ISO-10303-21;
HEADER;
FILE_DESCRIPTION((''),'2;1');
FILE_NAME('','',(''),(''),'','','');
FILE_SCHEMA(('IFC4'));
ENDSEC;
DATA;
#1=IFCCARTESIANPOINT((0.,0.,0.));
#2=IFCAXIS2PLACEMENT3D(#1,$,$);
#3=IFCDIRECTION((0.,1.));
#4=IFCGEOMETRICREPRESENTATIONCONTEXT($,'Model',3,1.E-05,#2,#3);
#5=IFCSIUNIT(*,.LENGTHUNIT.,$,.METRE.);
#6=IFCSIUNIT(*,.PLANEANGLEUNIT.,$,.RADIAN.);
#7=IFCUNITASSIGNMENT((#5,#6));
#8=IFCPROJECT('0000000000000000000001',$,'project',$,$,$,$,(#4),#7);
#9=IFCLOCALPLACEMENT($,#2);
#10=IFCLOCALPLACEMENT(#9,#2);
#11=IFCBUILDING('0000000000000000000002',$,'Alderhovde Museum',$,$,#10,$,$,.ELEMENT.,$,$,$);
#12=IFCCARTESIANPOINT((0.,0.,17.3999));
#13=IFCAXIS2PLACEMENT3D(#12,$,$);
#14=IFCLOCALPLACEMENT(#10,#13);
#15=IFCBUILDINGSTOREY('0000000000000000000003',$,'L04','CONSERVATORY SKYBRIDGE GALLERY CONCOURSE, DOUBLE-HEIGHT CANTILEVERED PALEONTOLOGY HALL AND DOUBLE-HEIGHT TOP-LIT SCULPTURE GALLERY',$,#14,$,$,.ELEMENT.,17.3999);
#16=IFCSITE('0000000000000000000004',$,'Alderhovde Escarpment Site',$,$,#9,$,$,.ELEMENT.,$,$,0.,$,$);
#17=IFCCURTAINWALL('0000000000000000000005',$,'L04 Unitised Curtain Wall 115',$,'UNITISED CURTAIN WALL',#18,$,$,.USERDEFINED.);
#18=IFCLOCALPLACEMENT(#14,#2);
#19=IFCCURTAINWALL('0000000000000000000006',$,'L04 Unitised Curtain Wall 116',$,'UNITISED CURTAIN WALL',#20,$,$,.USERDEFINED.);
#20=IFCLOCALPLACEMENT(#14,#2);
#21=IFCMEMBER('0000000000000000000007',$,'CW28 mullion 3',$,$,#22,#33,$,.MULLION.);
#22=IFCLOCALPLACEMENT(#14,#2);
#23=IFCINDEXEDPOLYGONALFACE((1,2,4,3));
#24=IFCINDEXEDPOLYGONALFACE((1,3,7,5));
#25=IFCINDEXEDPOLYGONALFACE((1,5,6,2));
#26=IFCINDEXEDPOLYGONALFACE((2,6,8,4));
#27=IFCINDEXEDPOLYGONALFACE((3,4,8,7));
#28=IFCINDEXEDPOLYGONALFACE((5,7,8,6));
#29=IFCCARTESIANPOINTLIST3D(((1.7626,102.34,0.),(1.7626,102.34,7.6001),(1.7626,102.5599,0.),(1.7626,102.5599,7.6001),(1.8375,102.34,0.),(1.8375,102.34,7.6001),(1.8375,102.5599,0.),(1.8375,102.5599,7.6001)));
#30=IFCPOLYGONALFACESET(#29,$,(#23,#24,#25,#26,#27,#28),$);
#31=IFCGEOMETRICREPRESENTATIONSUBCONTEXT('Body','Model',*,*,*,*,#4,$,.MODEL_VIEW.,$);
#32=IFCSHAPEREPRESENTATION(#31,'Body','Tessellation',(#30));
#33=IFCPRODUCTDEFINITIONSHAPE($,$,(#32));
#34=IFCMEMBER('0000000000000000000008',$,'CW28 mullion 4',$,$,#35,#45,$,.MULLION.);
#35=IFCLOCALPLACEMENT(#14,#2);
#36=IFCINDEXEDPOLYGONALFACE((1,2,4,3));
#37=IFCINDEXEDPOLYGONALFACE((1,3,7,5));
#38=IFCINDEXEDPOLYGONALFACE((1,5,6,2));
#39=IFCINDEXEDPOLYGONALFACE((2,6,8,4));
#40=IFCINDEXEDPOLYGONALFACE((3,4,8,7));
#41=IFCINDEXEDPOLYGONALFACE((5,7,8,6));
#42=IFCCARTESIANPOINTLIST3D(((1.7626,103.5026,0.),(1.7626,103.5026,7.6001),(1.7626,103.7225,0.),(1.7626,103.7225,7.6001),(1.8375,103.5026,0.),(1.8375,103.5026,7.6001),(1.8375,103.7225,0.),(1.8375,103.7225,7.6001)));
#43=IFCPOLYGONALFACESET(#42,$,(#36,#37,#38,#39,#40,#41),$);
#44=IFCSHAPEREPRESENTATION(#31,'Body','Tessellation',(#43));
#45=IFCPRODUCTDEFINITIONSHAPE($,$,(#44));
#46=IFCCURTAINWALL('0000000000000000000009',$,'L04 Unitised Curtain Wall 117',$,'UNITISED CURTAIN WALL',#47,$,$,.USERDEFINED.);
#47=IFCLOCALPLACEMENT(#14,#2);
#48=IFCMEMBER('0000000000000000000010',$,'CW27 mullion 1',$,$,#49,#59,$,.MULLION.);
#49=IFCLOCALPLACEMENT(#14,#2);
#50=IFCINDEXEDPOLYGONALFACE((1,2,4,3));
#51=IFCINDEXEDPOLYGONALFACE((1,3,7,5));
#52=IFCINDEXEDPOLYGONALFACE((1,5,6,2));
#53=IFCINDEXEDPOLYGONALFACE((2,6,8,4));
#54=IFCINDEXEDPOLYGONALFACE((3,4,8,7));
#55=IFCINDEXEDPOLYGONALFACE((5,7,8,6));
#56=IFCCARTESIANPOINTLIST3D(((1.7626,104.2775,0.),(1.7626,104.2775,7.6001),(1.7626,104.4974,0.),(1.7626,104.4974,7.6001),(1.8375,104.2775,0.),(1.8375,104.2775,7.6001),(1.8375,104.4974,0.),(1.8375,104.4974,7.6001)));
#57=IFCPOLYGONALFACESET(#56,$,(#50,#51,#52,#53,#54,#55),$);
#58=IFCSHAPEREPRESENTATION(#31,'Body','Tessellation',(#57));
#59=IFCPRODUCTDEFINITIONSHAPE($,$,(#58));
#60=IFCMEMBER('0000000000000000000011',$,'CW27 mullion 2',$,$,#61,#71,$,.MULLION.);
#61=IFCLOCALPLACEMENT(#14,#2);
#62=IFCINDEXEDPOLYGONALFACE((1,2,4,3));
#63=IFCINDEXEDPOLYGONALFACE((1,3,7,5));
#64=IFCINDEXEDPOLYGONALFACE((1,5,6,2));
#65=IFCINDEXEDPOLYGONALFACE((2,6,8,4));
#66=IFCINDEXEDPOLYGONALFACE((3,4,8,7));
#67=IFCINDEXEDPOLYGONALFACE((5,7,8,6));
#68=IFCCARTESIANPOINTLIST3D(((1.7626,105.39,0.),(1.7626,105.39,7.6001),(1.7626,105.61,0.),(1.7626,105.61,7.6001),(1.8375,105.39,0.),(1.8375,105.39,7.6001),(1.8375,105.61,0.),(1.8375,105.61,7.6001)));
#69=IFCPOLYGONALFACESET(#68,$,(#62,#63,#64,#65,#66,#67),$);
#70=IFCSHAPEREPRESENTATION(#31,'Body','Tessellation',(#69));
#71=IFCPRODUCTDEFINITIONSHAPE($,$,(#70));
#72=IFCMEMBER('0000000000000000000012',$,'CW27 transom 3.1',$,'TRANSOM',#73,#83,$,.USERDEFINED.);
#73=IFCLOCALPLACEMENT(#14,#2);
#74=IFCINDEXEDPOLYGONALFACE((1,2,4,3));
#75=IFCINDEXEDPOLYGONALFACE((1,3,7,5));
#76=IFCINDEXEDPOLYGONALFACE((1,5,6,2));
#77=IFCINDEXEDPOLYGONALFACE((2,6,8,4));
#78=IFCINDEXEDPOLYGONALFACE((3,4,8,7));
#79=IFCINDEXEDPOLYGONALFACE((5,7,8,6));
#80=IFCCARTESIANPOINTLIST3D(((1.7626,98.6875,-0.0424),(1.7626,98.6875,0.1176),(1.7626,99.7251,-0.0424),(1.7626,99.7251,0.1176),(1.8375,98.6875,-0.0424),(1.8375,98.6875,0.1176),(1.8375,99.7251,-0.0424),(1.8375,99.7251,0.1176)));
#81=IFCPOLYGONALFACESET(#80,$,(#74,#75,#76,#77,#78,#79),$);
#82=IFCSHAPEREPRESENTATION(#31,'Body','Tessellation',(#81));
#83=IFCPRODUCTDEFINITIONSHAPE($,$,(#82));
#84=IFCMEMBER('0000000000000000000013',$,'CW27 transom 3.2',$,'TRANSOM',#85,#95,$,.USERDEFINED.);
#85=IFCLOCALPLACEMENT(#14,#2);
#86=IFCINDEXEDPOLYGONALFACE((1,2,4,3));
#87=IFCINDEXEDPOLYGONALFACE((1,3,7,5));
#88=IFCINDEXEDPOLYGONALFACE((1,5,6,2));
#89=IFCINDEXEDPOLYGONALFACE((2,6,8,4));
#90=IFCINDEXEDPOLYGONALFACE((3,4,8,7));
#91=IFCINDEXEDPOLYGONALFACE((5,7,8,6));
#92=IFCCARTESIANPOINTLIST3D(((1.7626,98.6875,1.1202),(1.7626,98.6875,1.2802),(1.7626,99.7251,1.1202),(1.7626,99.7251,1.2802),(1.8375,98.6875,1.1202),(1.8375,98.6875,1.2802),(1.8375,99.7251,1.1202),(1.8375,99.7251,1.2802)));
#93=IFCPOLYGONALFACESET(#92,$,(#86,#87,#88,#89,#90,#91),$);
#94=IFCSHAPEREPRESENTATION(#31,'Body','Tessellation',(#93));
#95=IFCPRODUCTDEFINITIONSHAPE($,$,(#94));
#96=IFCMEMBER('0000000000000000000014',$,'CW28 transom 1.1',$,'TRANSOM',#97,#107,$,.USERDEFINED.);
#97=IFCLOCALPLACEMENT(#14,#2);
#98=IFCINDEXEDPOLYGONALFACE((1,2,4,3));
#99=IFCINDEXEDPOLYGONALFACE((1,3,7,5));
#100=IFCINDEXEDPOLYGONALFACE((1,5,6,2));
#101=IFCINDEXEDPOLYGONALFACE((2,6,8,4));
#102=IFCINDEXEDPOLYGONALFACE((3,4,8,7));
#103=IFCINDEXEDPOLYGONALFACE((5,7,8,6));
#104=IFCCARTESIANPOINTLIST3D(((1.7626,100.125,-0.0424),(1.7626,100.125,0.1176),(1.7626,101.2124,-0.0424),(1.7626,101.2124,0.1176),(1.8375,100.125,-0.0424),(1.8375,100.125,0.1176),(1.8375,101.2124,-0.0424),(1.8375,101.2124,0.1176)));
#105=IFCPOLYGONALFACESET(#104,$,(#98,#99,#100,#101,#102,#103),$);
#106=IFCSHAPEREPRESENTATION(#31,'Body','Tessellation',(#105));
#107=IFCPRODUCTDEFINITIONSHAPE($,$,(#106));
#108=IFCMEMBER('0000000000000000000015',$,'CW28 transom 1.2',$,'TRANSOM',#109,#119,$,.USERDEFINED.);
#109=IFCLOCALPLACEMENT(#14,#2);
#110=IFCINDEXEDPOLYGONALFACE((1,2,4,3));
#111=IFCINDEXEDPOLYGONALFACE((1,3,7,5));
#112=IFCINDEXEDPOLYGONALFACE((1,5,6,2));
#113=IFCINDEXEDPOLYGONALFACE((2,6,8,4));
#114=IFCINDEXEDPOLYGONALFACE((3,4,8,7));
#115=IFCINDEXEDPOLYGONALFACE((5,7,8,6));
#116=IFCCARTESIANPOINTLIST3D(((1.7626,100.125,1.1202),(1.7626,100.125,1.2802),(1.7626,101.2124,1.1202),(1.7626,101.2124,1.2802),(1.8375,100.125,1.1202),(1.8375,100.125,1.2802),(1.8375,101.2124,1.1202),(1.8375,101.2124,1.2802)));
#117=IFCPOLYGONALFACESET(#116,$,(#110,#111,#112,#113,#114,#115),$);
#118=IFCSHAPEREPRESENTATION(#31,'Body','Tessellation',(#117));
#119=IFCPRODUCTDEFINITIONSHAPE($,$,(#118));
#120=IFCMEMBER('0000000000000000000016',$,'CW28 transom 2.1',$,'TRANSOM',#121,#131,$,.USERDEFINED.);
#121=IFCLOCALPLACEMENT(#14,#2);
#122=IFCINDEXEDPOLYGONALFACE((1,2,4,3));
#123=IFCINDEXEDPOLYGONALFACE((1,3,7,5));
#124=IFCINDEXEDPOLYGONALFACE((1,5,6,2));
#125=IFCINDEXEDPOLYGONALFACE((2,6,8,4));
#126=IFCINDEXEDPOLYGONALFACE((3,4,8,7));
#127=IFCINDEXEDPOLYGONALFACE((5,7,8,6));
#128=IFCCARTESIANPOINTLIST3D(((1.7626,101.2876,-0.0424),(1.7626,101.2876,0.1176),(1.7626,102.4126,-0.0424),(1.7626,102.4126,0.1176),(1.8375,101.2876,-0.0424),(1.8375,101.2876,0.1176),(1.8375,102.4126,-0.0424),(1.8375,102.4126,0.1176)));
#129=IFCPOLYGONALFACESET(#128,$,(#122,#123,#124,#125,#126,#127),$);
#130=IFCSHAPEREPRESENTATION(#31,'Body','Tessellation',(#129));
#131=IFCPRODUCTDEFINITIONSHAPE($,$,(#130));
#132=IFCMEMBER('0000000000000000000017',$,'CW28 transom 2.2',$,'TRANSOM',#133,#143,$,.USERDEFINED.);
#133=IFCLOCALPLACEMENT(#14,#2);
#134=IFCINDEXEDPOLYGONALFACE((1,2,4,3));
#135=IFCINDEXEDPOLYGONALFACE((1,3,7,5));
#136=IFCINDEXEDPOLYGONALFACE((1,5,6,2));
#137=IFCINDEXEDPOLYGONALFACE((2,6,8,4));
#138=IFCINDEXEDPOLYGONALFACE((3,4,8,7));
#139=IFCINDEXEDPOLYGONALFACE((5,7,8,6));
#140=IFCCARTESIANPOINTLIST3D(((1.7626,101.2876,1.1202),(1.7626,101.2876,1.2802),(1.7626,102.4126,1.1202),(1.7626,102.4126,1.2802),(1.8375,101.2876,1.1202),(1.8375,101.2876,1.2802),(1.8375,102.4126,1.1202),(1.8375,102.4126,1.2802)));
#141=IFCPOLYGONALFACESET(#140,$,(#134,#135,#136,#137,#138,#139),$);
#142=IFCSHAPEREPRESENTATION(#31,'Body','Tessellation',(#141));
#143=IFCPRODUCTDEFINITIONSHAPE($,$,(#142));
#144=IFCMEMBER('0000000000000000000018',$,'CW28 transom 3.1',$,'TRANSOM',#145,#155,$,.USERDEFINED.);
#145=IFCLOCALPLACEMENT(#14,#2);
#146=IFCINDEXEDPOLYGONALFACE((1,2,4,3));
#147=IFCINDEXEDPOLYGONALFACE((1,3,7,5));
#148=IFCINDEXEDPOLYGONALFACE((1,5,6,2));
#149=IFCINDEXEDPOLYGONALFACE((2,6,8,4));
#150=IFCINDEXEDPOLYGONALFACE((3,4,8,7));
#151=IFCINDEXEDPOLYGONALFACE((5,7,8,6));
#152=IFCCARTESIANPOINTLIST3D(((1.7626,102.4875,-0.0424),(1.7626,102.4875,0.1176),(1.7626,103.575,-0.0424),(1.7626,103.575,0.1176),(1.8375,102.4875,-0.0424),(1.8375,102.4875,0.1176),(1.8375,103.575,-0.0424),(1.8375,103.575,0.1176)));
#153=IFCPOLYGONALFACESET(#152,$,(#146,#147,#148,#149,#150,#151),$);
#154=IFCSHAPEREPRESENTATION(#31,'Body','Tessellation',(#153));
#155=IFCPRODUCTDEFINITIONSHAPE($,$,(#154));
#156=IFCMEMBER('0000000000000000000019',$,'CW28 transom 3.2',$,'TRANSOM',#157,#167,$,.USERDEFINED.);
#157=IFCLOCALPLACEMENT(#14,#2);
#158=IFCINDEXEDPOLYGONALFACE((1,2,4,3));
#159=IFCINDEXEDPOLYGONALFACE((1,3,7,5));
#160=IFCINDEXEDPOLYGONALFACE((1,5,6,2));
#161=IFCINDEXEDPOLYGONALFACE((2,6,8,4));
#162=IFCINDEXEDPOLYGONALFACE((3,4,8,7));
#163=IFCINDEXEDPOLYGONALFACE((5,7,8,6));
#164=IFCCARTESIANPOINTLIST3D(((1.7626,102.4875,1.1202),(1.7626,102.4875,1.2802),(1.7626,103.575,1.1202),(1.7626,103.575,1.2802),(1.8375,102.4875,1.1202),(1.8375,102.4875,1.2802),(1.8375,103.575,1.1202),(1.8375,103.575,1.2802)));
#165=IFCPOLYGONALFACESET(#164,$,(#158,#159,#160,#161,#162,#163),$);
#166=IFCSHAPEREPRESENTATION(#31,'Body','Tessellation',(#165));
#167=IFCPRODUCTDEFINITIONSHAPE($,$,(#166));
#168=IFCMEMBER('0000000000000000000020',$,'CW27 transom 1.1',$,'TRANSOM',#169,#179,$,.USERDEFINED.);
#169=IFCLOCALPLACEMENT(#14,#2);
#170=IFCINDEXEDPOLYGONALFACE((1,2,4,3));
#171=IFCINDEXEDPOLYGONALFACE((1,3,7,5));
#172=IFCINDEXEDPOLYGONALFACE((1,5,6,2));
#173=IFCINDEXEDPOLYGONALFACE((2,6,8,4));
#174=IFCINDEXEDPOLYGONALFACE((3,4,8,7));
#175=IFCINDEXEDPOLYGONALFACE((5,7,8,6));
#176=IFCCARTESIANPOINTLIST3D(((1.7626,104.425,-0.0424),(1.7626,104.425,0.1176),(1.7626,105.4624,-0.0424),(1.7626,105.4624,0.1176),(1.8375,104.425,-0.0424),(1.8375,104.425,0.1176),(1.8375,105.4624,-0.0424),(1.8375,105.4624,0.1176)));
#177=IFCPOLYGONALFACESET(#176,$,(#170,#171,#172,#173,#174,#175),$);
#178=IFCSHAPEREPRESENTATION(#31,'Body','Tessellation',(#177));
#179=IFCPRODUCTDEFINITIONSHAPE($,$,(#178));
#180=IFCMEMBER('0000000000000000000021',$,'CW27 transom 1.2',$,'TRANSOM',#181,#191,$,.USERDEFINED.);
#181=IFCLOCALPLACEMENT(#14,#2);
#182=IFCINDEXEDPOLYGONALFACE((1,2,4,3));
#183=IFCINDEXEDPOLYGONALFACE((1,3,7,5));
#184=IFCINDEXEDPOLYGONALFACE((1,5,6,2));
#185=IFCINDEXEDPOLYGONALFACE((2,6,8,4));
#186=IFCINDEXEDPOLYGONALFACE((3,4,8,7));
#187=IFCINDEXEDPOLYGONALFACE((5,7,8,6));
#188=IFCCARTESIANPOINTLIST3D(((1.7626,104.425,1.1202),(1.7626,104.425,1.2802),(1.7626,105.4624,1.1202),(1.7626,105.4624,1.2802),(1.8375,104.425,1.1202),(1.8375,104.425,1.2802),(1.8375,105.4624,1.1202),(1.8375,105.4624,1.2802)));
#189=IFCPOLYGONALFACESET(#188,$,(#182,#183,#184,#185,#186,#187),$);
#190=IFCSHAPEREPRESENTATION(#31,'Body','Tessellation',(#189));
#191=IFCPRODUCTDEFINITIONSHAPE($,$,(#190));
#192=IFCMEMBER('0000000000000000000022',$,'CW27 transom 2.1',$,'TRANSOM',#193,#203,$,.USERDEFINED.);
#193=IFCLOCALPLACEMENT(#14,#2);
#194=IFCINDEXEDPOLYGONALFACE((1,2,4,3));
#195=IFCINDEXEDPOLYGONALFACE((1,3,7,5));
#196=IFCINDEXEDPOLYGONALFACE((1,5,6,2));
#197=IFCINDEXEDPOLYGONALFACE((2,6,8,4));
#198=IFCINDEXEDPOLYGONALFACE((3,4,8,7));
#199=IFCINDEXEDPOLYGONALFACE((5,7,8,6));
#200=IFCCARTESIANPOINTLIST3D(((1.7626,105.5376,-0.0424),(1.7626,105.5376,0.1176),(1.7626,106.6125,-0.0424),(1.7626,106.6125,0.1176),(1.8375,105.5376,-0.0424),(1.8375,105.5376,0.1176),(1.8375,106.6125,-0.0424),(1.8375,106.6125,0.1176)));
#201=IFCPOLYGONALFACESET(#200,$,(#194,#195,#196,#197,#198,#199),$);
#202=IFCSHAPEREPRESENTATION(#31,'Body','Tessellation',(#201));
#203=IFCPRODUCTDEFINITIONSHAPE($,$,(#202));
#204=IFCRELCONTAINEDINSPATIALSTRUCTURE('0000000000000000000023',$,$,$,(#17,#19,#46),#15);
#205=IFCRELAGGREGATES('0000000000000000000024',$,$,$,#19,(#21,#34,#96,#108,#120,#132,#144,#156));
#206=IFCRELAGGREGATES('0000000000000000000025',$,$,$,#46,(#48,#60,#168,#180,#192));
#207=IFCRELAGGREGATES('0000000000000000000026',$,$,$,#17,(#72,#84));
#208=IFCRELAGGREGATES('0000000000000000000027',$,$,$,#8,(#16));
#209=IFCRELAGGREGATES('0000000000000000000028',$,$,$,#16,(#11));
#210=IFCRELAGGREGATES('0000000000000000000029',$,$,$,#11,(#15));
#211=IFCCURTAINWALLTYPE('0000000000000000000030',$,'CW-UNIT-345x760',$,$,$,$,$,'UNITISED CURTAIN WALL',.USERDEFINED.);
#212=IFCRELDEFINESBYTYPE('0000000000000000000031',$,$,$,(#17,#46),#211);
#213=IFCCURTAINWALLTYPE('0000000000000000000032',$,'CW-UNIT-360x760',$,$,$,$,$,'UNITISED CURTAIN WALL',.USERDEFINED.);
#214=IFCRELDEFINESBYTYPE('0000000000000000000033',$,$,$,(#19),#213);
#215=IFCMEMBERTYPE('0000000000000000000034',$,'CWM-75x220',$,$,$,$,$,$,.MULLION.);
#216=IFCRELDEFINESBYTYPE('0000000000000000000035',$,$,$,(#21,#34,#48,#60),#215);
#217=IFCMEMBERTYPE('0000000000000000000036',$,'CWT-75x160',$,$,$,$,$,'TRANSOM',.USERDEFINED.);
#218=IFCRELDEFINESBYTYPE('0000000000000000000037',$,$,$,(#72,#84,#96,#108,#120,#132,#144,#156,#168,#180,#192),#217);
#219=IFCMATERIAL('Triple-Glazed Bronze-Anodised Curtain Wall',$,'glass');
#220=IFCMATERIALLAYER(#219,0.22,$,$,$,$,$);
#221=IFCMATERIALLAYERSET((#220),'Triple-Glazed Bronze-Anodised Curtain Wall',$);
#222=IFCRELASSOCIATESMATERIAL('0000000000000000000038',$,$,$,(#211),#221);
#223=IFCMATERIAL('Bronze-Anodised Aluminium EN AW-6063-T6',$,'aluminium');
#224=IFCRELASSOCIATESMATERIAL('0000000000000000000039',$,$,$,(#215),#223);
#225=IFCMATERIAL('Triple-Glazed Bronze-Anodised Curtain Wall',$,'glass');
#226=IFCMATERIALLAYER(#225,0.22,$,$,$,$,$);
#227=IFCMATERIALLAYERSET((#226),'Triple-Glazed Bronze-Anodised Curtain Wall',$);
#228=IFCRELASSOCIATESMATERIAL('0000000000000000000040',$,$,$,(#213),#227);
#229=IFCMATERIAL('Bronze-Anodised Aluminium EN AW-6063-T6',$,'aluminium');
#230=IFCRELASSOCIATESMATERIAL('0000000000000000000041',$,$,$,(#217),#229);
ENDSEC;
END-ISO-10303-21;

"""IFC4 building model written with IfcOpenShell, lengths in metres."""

from ifc_helpers import new_model, si_unit, direction, frame, origin, origin_2d, place, context, subcontext, project, spatial, rectangle, extrude, material, layer, layer_set, material_profile, profile_set, type_object, element, aggregate, save


model = new_model("IFC4")

# Units and contexts
model_context = context("Model", 3, precision=1e-05, world=origin(), true_north=direction((0.0, 1.0)))
body_context = subcontext(model_context, "Body", "Model", "MODEL_VIEW")
ifc_project = project(units=[si_unit("LENGTHUNIT", "METRE"), si_unit("PLANEANGLEUNIT", "RADIAN")], contexts=[model_context])

# Site, building, storey
site_placement = place(None, origin())
site = spatial("IfcSite", under=ifc_project, at=site_placement, Name="Alderhovde Escarpment Site", CompositionType="ELEMENT", RefElevation=0.0)
building_placement = place(site_placement, origin())
building = spatial("IfcBuilding", under=site, at=building_placement, Name="Alderhovde Museum", CompositionType="ELEMENT")
storey_placement = place(building_placement, frame((0.0, 0.0, 17.3999)))
storey = spatial("IfcBuildingStorey", under=building, at=storey_placement, Name="L04", Description="CONSERVATORY SKYBRIDGE GALLERY CONCOURSE, DOUBLE-HEIGHT CANTILEVERED PALEONTOLOGY HALL AND DOUBLE-HEIGHT TOP-LIT SCULPTURE GALLERY", CompositionType="ELEMENT", Elevation=17.3999)

# Curtain walls, members
ifc_material_1 = material(Name="Triple-Glazed Bronze-Anodised Curtain Wall", Category="glass")
ifc_layer_1 = layer(ifc_material_1, 0.22)
ifc_layer_set_1 = layer_set([ifc_layer_1], Name="Triple-Glazed Bronze-Anodised Curtain Wall")
curtain_wall_type_1 = type_object("IfcCurtainWallType", Name="CW-UNIT-345x760", ElementType="UNITISED CURTAIN WALL", PredefinedType="USERDEFINED", material=ifc_layer_set_1)
curtain_wall_1_placement = place(storey_placement, origin())
curtain_wall_1 = element("IfcCurtainWall", 1, at=curtain_wall_1_placement, inside=storey, type_object=curtain_wall_type_1, Name="L04 Unitised Curtain Wall 115", ObjectType="UNITISED CURTAIN WALL", PredefinedType="USERDEFINED")
ifc_material_2 = material(Name="Bronze-Anodised Aluminium EN AW-6063-T6", Category="aluminium")
ifc_material_profile_1 = material_profile(ifc_material_2, rectangle(XDim=0.075, YDim=0.22, at=origin_2d()), Name="MULLION 75x220")
ifc_profile_set_1 = profile_set([ifc_material_profile_1], Name="Bronze-Anodised Aluminium EN AW-6063-T6")
member_type_1 = type_object("IfcMemberType", Name="CWM-75x220", PredefinedType="MULLION", material=ifc_profile_set_1)
ifc_material_3 = material(Name="Triple-Glazed Bronze-Anodised Curtain Wall", Category="glass")
ifc_layer_2 = layer(ifc_material_3, 0.22)
ifc_layer_set_2 = layer_set([ifc_layer_2], Name="Triple-Glazed Bronze-Anodised Curtain Wall")
curtain_wall_type_2 = type_object("IfcCurtainWallType", Name="CW-UNIT-360x760", ElementType="UNITISED CURTAIN WALL", PredefinedType="USERDEFINED", material=ifc_layer_set_2)
curtain_wall_2_placement = place(storey_placement, origin())
curtain_wall_2 = element("IfcCurtainWall", 2, at=curtain_wall_2_placement, inside=storey, type_object=curtain_wall_type_2, Name="L04 Unitised Curtain Wall 116", ObjectType="UNITISED CURTAIN WALL", PredefinedType="USERDEFINED")
member_1_placement = place(storey_placement, frame((1.8, 102.45, 0.0), z_axis=(0.0, 0.0, 1.0), x_axis=(-1.0, 0.0, 0.0)))
member_1 = element("IfcMember", 3, at=member_1_placement, type_object=member_type_1, Name="CW28 mullion 3", PredefinedType="MULLION", context=body_context, shape_type="SweptSolid", body=[
    extrude(rectangle(XDim=0.075, YDim=0.22, at=origin_2d()), origin(), (0.0, 0.0, 1.0), 7.6001),
])
member_2_placement = place(storey_placement, frame((1.8, 103.6125, 0.0), z_axis=(0.0, 0.0, 1.0), x_axis=(-1.0, 0.0, 0.0)))
member_2 = element("IfcMember", 4, at=member_2_placement, type_object=member_type_1, Name="CW28 mullion 4", PredefinedType="MULLION", context=body_context, shape_type="SweptSolid", body=[
    extrude(rectangle(XDim=0.075, YDim=0.22, at=origin_2d()), origin(), (0.0, 0.0, 1.0), 7.6001),
])
curtain_wall_3_placement = place(storey_placement, origin())
curtain_wall_3 = element("IfcCurtainWall", 5, at=curtain_wall_3_placement, inside=storey, type_object=curtain_wall_type_1, Name="L04 Unitised Curtain Wall 117", ObjectType="UNITISED CURTAIN WALL", PredefinedType="USERDEFINED")
member_3_placement = place(storey_placement, frame((1.8, 104.3875, 0.0), z_axis=(0.0, 0.0, 1.0), x_axis=(-1.0, 0.0, 0.0)))
member_3 = element("IfcMember", 6, at=member_3_placement, type_object=member_type_1, Name="CW27 mullion 1", PredefinedType="MULLION", context=body_context, shape_type="SweptSolid", body=[
    extrude(rectangle(XDim=0.075, YDim=0.22, at=origin_2d()), origin(), (0.0, 0.0, 1.0), 7.6001),
])
member_4_placement = place(storey_placement, frame((1.8, 105.5, 0.0), z_axis=(0.0, 0.0, 1.0), x_axis=(-1.0, 0.0, 0.0)))
member_4 = element("IfcMember", 7, at=member_4_placement, type_object=member_type_1, Name="CW27 mullion 2", PredefinedType="MULLION", context=body_context, shape_type="SweptSolid", body=[
    extrude(rectangle(XDim=0.075, YDim=0.22, at=origin_2d()), origin(), (0.0, 0.0, 1.0), 7.6001),
])

# Members
ifc_material_4 = material(Name="Bronze-Anodised Aluminium EN AW-6063-T6", Category="aluminium")
ifc_material_profile_2 = material_profile(ifc_material_4, rectangle(XDim=0.075, YDim=0.1599, at=origin_2d()), Name="TRANSOM 75x160")
ifc_profile_set_2 = profile_set([ifc_material_profile_2], Name="Bronze-Anodised Aluminium EN AW-6063-T6")
member_type_2 = type_object("IfcMemberType", Name="CWT-75x160", ElementType="TRANSOM", PredefinedType="USERDEFINED", material=ifc_profile_set_2)
member_5_placement = place(storey_placement, frame((1.8, 98.6875, 0.0376), z_axis=(0.0, 1.0, 0.0), x_axis=(-1.0, 0.0, 0.0)))
member_5 = element("IfcMember", 8, at=member_5_placement, type_object=member_type_2, Name="CW27 transom 3.1", ObjectType="TRANSOM", PredefinedType="USERDEFINED", context=body_context, shape_type="SweptSolid", body=[
    extrude(rectangle(XDim=0.075, YDim=0.1599, at=origin_2d()), origin(), (0.0, 0.0, 1.0), 1.0376),
])
member_6_placement = place(storey_placement, frame((1.8, 98.6875, 1.2002), z_axis=(0.0, 1.0, 0.0), x_axis=(-1.0, 0.0, 0.0)))
member_6 = element("IfcMember", 9, at=member_6_placement, type_object=member_type_2, Name="CW27 transom 3.2", ObjectType="TRANSOM", PredefinedType="USERDEFINED", context=body_context, shape_type="SweptSolid", body=[
    extrude(rectangle(XDim=0.075, YDim=0.1599, at=origin_2d()), origin(), (0.0, 0.0, 1.0), 1.0376),
])
member_7_placement = place(storey_placement, frame((1.8, 100.125, 0.0376), z_axis=(0.0, 1.0, 0.0), x_axis=(-1.0, 0.0, 0.0)))
member_7 = element("IfcMember", 10, at=member_7_placement, type_object=member_type_2, Name="CW28 transom 1.1", ObjectType="TRANSOM", PredefinedType="USERDEFINED", context=body_context, shape_type="SweptSolid", body=[
    extrude(rectangle(XDim=0.075, YDim=0.1599, at=origin_2d()), origin(), (0.0, 0.0, 1.0), 1.0874),
])
member_8_placement = place(storey_placement, frame((1.8, 100.125, 1.2002), z_axis=(0.0, 1.0, 0.0), x_axis=(-1.0, 0.0, 0.0)))
member_8 = element("IfcMember", 11, at=member_8_placement, type_object=member_type_2, Name="CW28 transom 1.2", ObjectType="TRANSOM", PredefinedType="USERDEFINED", context=body_context, shape_type="SweptSolid", body=[
    extrude(rectangle(XDim=0.075, YDim=0.1599, at=origin_2d()), origin(), (0.0, 0.0, 1.0), 1.0874),
])
member_9_placement = place(storey_placement, frame((1.8, 101.2876, 0.0376), z_axis=(0.0, 1.0, 0.0), x_axis=(-1.0, 0.0, 0.0)))
member_9 = element("IfcMember", 12, at=member_9_placement, type_object=member_type_2, Name="CW28 transom 2.1", ObjectType="TRANSOM", PredefinedType="USERDEFINED", context=body_context, shape_type="SweptSolid", body=[
    extrude(rectangle(XDim=0.075, YDim=0.1599, at=origin_2d()), origin(), (0.0, 0.0, 1.0), 1.125),
])
member_10_placement = place(storey_placement, frame((1.8, 101.2876, 1.2002), z_axis=(0.0, 1.0, 0.0), x_axis=(-1.0, 0.0, 0.0)))
member_10 = element("IfcMember", 13, at=member_10_placement, type_object=member_type_2, Name="CW28 transom 2.2", ObjectType="TRANSOM", PredefinedType="USERDEFINED", context=body_context, shape_type="SweptSolid", body=[
    extrude(rectangle(XDim=0.075, YDim=0.1599, at=origin_2d()), origin(), (0.0, 0.0, 1.0), 1.125),
])
member_11_placement = place(storey_placement, frame((1.8, 102.4875, 0.0376), z_axis=(0.0, 1.0, 0.0), x_axis=(-1.0, 0.0, 0.0)))
member_11 = element("IfcMember", 14, at=member_11_placement, type_object=member_type_2, Name="CW28 transom 3.1", ObjectType="TRANSOM", PredefinedType="USERDEFINED", context=body_context, shape_type="SweptSolid", body=[
    extrude(rectangle(XDim=0.075, YDim=0.1599, at=origin_2d()), origin(), (0.0, 0.0, 1.0), 1.0874),
])
member_12_placement = place(storey_placement, frame((1.8, 102.4875, 1.2002), z_axis=(0.0, 1.0, 0.0), x_axis=(-1.0, 0.0, 0.0)))
member_12 = element("IfcMember", 15, at=member_12_placement, type_object=member_type_2, Name="CW28 transom 3.2", ObjectType="TRANSOM", PredefinedType="USERDEFINED", context=body_context, shape_type="SweptSolid", body=[
    extrude(rectangle(XDim=0.075, YDim=0.1599, at=origin_2d()), origin(), (0.0, 0.0, 1.0), 1.0874),
])
member_13_placement = place(storey_placement, frame((1.8, 104.425, 0.0376), z_axis=(0.0, 1.0, 0.0), x_axis=(-1.0, 0.0, 0.0)))
member_13 = element("IfcMember", 16, at=member_13_placement, type_object=member_type_2, Name="CW27 transom 1.1", ObjectType="TRANSOM", PredefinedType="USERDEFINED", context=body_context, shape_type="SweptSolid", body=[
    extrude(rectangle(XDim=0.075, YDim=0.1599, at=origin_2d()), origin(), (0.0, 0.0, 1.0), 1.0374),
])
member_14_placement = place(storey_placement, frame((1.8, 104.425, 1.2002), z_axis=(0.0, 1.0, 0.0), x_axis=(-1.0, 0.0, 0.0)))
member_14 = element("IfcMember", 17, at=member_14_placement, type_object=member_type_2, Name="CW27 transom 1.2", ObjectType="TRANSOM", PredefinedType="USERDEFINED", context=body_context, shape_type="SweptSolid", body=[
    extrude(rectangle(XDim=0.075, YDim=0.1599, at=origin_2d()), origin(), (0.0, 0.0, 1.0), 1.0374),
])
member_15_placement = place(storey_placement, frame((1.8, 105.5376, 0.0376), z_axis=(0.0, 1.0, 0.0), x_axis=(-1.0, 0.0, 0.0)))
member_15 = element("IfcMember", 18, at=member_15_placement, type_object=member_type_2, Name="CW27 transom 2.1", ObjectType="TRANSOM", PredefinedType="USERDEFINED", context=body_context, shape_type="SweptSolid", body=[
    extrude(rectangle(XDim=0.075, YDim=0.1599, at=origin_2d()), origin(), (0.0, 0.0, 1.0), 1.075),
])

aggregate(curtain_wall_2, [member_1, member_2, member_7, member_8, member_9, member_10, member_11, member_12])
aggregate(curtain_wall_3, [member_3, member_4, member_13, member_14, member_15])
aggregate(curtain_wall_1, [member_5, member_6])

save(model, "model.ifc")
